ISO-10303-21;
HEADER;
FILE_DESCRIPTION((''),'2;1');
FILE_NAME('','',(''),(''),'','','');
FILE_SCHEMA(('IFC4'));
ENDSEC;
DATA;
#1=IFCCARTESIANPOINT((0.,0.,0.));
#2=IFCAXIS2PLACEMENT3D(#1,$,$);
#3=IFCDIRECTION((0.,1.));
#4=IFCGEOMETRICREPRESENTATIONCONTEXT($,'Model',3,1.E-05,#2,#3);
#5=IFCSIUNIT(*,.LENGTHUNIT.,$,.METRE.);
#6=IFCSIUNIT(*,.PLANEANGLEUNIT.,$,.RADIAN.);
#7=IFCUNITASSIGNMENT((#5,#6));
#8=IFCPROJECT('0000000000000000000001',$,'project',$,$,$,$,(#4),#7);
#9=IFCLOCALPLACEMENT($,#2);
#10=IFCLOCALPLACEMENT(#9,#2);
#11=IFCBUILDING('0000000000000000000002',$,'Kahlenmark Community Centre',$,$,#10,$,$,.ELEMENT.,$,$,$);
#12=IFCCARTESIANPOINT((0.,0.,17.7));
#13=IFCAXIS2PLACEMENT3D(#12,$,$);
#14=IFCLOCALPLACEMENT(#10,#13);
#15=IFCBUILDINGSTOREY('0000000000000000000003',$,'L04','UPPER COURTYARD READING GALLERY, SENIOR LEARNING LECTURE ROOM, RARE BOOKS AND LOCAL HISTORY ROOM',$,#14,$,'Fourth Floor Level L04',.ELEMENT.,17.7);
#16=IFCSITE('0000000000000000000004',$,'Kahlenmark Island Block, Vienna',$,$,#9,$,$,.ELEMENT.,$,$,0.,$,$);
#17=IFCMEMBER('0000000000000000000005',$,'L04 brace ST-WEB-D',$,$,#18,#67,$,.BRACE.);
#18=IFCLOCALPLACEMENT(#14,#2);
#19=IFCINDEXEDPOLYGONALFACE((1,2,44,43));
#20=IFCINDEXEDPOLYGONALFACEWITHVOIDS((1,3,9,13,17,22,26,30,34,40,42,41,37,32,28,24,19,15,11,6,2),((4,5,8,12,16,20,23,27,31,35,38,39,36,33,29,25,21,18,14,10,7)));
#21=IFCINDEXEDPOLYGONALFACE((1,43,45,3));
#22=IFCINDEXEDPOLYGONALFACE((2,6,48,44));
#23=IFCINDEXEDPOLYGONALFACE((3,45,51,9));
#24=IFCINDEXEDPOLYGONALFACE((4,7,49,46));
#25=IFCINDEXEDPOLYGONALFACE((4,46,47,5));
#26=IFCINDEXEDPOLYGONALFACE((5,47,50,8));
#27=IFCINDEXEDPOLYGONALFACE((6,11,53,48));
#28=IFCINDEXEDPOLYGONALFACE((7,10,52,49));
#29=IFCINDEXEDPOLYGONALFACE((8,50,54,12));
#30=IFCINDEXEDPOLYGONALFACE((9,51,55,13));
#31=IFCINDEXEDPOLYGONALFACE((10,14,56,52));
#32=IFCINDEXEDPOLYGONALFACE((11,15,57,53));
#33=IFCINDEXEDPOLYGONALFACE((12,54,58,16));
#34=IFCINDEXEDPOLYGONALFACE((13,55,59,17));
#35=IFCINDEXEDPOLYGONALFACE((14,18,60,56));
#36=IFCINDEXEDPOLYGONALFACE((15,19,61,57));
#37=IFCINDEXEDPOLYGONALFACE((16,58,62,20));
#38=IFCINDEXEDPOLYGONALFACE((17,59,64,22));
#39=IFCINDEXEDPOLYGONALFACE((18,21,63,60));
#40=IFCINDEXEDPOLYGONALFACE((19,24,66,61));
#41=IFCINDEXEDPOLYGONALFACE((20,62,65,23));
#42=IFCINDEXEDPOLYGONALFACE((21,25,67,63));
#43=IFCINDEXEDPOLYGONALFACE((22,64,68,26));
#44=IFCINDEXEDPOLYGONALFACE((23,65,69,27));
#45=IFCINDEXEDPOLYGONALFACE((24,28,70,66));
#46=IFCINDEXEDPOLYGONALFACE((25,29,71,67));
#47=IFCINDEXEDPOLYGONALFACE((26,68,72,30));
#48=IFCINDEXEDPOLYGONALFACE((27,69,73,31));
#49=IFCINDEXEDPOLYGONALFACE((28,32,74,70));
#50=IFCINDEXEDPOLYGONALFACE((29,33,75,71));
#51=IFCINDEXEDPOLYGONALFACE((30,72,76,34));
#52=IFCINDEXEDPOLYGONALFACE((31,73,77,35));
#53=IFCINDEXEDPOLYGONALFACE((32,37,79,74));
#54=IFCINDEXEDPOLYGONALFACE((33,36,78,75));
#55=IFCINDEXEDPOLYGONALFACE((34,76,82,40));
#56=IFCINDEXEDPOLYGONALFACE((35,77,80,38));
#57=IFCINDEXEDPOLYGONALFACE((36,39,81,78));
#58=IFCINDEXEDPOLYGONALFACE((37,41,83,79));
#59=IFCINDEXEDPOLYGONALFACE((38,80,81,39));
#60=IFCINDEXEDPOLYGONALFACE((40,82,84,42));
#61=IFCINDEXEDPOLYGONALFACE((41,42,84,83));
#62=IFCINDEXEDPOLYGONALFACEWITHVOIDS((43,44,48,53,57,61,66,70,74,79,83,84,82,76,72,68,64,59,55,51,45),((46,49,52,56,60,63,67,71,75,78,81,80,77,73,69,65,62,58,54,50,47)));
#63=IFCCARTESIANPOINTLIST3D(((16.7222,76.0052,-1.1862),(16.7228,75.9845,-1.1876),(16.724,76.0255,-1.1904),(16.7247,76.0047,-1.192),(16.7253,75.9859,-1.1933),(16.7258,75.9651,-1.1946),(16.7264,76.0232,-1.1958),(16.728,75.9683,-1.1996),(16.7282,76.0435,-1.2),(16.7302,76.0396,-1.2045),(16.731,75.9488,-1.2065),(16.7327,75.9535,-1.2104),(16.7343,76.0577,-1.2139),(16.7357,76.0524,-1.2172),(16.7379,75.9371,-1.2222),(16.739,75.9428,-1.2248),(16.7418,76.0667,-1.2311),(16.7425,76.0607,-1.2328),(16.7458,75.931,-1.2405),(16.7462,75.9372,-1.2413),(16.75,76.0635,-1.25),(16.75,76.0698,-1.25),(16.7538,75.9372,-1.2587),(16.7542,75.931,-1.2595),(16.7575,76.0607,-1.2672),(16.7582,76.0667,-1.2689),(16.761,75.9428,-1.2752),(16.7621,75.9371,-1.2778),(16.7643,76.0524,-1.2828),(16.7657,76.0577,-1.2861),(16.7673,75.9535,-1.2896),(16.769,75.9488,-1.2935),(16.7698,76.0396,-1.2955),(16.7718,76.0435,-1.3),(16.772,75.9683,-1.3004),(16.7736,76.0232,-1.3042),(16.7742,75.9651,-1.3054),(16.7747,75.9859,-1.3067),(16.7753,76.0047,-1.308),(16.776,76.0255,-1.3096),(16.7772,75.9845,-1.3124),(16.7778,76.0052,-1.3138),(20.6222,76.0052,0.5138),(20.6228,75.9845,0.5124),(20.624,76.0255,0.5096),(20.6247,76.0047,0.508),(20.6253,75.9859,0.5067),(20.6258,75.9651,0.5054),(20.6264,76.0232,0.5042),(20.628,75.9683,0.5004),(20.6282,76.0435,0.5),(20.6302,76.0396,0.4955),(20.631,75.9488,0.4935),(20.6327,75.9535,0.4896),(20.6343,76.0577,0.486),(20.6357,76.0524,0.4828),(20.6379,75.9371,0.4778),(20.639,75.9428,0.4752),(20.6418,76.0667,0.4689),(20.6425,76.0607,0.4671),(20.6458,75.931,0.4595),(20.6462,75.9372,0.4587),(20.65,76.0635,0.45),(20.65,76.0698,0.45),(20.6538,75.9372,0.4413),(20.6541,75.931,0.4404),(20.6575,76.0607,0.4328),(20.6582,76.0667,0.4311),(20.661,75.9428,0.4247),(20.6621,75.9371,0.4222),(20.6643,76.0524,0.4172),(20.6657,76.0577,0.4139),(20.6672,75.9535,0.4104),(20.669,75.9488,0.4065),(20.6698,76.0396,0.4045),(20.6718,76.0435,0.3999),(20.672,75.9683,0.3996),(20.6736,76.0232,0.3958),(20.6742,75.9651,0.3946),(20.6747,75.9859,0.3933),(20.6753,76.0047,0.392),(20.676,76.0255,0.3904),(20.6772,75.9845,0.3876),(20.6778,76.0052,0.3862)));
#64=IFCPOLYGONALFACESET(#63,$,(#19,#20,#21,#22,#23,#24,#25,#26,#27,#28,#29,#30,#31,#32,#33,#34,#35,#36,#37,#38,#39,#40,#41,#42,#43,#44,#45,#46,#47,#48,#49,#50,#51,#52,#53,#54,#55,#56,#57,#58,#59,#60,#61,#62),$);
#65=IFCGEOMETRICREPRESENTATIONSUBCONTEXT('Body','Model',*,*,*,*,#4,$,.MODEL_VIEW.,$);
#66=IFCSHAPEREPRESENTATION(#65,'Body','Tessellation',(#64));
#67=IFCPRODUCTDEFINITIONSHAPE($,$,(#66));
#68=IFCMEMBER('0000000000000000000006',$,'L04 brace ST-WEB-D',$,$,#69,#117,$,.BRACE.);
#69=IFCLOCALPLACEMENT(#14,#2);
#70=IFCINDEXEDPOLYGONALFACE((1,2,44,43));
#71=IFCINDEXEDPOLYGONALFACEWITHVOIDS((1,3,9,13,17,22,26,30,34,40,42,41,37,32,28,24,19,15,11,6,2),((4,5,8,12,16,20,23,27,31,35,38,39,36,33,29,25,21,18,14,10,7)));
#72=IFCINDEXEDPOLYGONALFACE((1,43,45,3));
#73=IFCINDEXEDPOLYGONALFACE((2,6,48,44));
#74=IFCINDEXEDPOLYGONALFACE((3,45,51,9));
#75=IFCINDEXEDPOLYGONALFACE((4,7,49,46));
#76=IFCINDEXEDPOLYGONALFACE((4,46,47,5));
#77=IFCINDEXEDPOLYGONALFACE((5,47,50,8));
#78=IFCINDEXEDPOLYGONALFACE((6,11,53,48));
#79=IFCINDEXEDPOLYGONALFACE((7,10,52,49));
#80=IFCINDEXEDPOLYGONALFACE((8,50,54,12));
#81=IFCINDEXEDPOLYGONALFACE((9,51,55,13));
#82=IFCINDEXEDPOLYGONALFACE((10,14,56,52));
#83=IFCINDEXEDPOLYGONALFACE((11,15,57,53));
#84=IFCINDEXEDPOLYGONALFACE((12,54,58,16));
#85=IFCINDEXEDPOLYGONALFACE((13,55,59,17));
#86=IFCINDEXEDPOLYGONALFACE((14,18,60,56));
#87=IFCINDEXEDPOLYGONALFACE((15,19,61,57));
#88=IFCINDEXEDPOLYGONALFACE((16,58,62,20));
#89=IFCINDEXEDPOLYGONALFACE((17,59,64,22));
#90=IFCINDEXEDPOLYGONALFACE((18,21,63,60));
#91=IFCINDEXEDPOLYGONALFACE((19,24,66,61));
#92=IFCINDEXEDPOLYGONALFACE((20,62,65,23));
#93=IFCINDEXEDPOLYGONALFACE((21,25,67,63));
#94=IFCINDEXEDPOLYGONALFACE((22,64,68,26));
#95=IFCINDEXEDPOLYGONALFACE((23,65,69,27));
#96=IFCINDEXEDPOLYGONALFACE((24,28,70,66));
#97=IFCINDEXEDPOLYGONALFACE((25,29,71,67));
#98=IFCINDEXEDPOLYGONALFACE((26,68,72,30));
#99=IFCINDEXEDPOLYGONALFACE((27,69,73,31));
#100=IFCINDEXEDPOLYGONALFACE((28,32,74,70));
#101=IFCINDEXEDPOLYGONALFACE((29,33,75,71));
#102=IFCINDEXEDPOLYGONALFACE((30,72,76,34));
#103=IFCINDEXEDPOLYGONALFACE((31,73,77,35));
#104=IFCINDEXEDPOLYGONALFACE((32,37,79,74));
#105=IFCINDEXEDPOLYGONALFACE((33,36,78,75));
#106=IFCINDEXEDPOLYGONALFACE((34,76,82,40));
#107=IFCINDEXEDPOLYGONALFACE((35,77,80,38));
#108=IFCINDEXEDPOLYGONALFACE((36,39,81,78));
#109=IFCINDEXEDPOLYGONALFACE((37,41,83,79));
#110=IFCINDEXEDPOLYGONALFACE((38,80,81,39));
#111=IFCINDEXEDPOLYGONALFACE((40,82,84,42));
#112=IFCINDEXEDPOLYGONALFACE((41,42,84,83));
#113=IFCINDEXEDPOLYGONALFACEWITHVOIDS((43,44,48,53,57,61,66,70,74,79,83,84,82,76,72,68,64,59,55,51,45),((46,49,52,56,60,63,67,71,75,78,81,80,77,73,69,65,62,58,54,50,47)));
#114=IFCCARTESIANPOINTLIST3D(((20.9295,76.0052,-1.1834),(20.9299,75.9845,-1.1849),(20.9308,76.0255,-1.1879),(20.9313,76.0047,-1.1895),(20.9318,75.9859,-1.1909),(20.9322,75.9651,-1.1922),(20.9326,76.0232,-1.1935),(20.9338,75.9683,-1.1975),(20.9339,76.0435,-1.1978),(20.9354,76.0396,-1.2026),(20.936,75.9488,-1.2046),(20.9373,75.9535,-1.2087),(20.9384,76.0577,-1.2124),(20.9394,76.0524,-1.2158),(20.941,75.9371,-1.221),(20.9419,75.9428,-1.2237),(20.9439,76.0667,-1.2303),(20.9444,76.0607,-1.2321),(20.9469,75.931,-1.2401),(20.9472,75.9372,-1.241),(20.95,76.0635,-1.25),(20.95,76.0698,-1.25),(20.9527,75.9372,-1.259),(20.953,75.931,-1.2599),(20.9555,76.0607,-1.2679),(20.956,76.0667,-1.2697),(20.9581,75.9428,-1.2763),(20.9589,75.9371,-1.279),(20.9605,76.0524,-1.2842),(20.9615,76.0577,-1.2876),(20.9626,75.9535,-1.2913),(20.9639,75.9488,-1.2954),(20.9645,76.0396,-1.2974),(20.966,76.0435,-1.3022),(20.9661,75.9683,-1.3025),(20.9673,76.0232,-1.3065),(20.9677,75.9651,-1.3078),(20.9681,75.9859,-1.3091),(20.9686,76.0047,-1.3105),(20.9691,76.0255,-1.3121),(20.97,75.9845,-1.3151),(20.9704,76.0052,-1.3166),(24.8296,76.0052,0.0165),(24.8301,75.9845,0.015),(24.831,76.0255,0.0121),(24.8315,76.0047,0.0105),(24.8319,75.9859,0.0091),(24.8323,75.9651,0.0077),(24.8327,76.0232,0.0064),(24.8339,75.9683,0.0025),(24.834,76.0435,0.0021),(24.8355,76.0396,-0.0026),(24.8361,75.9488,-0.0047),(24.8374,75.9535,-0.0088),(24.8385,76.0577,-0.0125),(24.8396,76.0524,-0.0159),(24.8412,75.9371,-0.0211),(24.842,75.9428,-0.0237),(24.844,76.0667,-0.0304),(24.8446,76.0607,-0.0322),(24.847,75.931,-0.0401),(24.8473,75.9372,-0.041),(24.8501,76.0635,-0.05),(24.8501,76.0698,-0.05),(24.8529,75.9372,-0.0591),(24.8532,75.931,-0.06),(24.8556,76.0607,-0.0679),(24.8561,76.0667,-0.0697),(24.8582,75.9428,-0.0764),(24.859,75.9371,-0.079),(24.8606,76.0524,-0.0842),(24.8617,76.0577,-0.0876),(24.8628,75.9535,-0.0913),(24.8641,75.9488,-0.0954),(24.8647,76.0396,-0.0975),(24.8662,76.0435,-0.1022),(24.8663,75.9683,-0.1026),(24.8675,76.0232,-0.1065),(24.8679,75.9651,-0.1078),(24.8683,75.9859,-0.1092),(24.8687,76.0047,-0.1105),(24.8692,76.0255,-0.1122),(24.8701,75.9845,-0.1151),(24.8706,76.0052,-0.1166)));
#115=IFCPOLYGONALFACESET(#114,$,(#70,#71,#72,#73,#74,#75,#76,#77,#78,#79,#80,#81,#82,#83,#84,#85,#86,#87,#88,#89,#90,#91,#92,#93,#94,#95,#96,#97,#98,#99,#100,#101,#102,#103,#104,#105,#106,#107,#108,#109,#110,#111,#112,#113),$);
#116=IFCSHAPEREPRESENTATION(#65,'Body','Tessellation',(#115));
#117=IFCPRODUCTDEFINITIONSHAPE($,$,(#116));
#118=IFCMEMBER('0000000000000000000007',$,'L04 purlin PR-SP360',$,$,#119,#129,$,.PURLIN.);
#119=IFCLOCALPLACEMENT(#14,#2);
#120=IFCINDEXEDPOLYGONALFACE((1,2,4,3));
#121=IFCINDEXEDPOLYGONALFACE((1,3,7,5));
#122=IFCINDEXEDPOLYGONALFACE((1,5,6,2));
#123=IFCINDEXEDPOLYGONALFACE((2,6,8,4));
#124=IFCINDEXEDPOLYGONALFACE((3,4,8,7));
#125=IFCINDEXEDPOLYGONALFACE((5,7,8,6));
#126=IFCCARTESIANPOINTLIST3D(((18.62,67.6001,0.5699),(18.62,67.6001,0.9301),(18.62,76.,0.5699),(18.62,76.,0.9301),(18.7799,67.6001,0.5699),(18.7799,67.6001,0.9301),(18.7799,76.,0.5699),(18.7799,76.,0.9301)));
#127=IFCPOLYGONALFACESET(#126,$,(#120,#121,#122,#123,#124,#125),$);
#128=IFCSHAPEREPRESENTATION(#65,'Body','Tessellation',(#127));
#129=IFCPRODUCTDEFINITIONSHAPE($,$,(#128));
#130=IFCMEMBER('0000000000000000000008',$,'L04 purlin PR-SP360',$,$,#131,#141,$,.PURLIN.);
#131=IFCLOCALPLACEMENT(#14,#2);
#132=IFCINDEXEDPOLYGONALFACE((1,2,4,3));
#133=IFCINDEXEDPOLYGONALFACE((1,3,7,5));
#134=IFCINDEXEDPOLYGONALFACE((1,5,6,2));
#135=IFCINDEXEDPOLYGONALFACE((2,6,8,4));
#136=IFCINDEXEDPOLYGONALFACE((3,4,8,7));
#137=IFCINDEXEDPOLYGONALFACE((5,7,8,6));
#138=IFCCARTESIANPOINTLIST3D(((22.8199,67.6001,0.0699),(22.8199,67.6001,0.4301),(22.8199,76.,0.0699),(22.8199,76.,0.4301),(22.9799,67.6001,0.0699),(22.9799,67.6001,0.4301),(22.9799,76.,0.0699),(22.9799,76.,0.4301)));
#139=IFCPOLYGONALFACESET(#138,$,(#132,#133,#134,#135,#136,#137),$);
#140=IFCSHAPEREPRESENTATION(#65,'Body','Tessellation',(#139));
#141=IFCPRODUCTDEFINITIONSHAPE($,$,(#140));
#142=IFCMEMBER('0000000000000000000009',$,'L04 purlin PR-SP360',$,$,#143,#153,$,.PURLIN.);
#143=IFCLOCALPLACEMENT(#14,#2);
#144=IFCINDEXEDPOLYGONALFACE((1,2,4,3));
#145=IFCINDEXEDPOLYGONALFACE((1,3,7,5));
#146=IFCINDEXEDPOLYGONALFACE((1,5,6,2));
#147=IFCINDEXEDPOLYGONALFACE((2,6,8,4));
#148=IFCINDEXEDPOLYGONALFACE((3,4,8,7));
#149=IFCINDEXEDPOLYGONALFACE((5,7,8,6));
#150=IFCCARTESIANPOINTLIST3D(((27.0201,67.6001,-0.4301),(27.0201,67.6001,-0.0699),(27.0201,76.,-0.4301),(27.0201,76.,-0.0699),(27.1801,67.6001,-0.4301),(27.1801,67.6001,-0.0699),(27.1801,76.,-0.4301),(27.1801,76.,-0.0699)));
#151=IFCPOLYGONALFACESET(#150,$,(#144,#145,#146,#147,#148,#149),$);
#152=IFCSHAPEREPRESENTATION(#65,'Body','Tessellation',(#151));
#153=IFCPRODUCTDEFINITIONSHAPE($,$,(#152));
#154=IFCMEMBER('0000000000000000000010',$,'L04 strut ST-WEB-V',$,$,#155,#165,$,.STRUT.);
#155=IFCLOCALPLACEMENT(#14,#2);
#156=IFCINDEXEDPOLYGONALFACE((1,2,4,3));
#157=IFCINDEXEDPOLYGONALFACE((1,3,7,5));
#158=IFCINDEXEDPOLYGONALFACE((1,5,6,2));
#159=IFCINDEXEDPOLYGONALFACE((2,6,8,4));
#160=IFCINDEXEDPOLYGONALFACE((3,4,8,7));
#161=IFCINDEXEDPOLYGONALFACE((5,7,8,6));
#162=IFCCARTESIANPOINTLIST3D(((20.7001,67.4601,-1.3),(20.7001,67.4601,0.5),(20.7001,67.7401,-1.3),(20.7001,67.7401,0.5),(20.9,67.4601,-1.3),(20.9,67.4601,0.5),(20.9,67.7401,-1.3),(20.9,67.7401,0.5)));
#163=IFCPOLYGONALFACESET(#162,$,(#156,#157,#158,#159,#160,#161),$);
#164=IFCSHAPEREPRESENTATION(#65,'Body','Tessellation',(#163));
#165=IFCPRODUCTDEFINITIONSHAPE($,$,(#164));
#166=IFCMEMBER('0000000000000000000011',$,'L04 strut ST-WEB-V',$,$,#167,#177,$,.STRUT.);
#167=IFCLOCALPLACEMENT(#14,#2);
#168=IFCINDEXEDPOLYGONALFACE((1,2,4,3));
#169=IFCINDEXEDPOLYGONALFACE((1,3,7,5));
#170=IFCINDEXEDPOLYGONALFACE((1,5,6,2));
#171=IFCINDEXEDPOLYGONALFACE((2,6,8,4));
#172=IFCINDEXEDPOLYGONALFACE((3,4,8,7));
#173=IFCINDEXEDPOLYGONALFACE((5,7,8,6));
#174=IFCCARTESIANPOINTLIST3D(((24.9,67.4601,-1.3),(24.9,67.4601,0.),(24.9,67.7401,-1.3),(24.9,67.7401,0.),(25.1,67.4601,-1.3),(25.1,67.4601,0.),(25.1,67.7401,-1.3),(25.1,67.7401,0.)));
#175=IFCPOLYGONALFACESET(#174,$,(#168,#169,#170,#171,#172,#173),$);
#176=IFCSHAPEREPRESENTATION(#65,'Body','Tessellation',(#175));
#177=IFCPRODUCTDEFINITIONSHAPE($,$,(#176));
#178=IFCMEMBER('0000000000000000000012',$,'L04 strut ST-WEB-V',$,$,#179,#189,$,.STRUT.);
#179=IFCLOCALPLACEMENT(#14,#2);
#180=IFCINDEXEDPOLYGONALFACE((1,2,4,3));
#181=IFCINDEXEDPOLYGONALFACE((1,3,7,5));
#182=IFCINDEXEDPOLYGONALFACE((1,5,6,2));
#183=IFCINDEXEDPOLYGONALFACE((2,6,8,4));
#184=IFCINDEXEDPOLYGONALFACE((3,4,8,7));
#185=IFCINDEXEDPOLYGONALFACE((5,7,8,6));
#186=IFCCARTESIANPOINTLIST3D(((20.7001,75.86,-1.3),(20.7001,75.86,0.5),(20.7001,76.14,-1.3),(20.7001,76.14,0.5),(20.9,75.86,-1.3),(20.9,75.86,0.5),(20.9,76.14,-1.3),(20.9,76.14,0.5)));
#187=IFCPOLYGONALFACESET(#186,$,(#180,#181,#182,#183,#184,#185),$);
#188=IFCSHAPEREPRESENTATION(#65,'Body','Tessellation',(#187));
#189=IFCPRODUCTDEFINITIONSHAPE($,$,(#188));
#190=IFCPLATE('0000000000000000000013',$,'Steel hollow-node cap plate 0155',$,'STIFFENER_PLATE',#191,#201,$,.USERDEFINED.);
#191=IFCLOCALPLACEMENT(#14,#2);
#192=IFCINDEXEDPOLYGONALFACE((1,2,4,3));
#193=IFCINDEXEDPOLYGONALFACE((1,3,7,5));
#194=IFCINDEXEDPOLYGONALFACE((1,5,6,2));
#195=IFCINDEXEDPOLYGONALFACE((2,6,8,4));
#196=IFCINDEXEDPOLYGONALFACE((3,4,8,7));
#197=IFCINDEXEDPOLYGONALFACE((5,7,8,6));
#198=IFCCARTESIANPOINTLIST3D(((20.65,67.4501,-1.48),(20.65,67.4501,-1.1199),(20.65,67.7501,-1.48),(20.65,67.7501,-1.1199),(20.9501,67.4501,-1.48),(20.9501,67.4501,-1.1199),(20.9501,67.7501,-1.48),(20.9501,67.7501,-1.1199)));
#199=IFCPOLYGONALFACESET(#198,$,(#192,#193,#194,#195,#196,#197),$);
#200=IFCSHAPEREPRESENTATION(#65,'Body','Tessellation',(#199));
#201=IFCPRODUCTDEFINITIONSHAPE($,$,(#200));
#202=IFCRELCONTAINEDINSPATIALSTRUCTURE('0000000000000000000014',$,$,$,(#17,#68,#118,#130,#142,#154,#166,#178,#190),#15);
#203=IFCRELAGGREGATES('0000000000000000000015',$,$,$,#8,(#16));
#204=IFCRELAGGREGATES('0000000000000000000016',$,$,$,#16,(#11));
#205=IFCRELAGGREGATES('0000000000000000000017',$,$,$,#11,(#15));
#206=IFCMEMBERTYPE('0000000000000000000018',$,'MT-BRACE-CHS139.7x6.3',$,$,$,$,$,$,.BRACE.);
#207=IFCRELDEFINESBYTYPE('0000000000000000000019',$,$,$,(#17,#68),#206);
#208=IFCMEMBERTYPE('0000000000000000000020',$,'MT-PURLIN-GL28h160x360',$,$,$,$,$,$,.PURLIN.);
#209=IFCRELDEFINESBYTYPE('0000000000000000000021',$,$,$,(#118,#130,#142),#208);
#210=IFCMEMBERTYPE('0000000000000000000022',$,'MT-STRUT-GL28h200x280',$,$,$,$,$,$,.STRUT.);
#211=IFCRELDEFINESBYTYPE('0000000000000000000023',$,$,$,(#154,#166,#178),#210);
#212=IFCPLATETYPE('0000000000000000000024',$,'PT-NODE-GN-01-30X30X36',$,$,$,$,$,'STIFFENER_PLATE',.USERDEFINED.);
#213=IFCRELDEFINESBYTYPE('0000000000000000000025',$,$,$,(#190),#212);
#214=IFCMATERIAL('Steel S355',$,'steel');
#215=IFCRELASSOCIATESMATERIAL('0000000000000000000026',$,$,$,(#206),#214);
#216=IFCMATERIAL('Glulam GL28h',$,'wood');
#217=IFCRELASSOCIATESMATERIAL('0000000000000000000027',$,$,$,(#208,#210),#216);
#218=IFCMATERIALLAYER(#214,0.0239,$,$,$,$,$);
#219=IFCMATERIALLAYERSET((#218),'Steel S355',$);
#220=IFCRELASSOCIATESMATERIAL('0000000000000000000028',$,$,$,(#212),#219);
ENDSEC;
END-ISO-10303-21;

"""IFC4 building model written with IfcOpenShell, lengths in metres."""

from ifc_helpers import new_model, si_unit, direction, frame, origin, origin_2d, place, context, subcontext, project, spatial, rectangle, hollow_circle, extrude, material, layer, layer_set, material_profile, profile_set, type_object, element, save


model = new_model("IFC4")

# Units and contexts
model_context = context("Model", 3, precision=1e-05, world=origin(), true_north=direction((0.0, 1.0)))
body_context = subcontext(model_context, "Body", "Model", "MODEL_VIEW")
ifc_project = project(units=[si_unit("LENGTHUNIT", "METRE"), si_unit("PLANEANGLEUNIT", "RADIAN")], contexts=[model_context])

# Site, building, storey
site_placement = place(None, origin())
site = spatial("IfcSite", under=ifc_project, at=site_placement, Name="Kahlenmark Island Block, Vienna", CompositionType="ELEMENT", RefElevation=0.0)
building_placement = place(site_placement, origin())
building = spatial("IfcBuilding", under=site, at=building_placement, Name="Kahlenmark Community Centre", CompositionType="ELEMENT")
storey_placement = place(building_placement, frame((0.0, 0.0, 17.7)))
storey = spatial("IfcBuildingStorey", under=building, at=storey_placement, Name="L04", Description="UPPER COURTYARD READING GALLERY, SENIOR LEARNING LECTURE ROOM, RARE BOOKS AND LOCAL HISTORY ROOM", LongName="Fourth Floor Level L04", CompositionType="ELEMENT", Elevation=17.7)

# Members
ifc_material_1 = material(Name="Steel S355", Category="steel")
ifc_material_profile_1 = material_profile(ifc_material_1, hollow_circle(Radius=0.0698, WallThickness=0.0063, at=origin_2d()), Name="CHS 139.7x6.3")
ifc_profile_set_1 = profile_set([ifc_material_profile_1], Name="Steel S355")
member_type_1 = type_object("IfcMemberType", Name="MT-BRACE-CHS139.7x6.3", PredefinedType="BRACE", material=ifc_profile_set_1)
member_1_placement = place(storey_placement, frame((16.75, 76.0, -1.25), z_axis=(0.916697, 0.0, 0.399584), x_axis=(0.0, 1.0, 0.0)))
element("IfcMember", 1, at=member_1_placement, inside=storey, type_object=member_type_1, Name="L04 brace ST-WEB-D", PredefinedType="BRACE", context=body_context, shape_type="SweptSolid", body=[
    extrude(hollow_circle(Radius=0.0698, WallThickness=0.0063, at=origin_2d()), origin(), (0.0, 0.0, 1.0), 4.2544),
])
member_2_placement = place(storey_placement, frame((20.95, 76.0, -1.25), z_axis=(0.955785, 0.0, 0.294065), x_axis=(0.0, 1.0, 0.0)))
element("IfcMember", 2, at=member_2_placement, inside=storey, type_object=member_type_1, Name="L04 brace ST-WEB-D", PredefinedType="BRACE", context=body_context, shape_type="SweptSolid", body=[
    extrude(hollow_circle(Radius=0.0698, WallThickness=0.0063, at=origin_2d()), origin(), (0.0, 0.0, 1.0), 4.0806),
])
ifc_material_2 = material(Name="Glulam GL28h", Category="wood")
ifc_material_profile_2 = material_profile(ifc_material_2, rectangle(XDim=0.1599, YDim=0.3601, at=origin_2d()), Name="GL28h 160x360")
ifc_profile_set_2 = profile_set([ifc_material_profile_2], Name="Glulam GL28h")
member_type_2 = type_object("IfcMemberType", Name="MT-PURLIN-GL28h160x360", PredefinedType="PURLIN", material=ifc_profile_set_2)
for number, where, z_axis, x_axis, name in (
    (3, (18.7, 67.6001, 0.75), (0.0, 1.0, 0.0), (-1.0, 0.0, 0.0), "L04 purlin PR-SP360"),
    (4, (22.8999, 67.6001, 0.25), (0.0, 1.0, 0.0), (-1.0, 0.0, 0.0), "L04 purlin PR-SP360"),
    (5, (27.1001, 67.6001, -0.25), (0.0, 1.0, 0.0), (-1.0, 0.0, 0.0), "L04 purlin PR-SP360"),
):
    element("IfcMember", number, at=place(storey_placement, frame(where, z_axis=z_axis, x_axis=x_axis)), inside=storey, type_object=member_type_2, Name=name, PredefinedType="PURLIN", context=body_context, shape_type="SweptSolid", body=[
        extrude(rectangle(XDim=0.1599, YDim=0.3601, at=origin_2d()), origin(), (0.0, 0.0, 1.0), 8.3999),
    ])
ifc_material_profile_3 = material_profile(ifc_material_2, rectangle(XDim=0.2, YDim=0.28, at=origin_2d()), Name="GL28h 200x280")
ifc_profile_set_3 = profile_set([ifc_material_profile_3], Name="Glulam GL28h")
member_type_3 = type_object("IfcMemberType", Name="MT-STRUT-GL28h200x280", PredefinedType="STRUT", material=ifc_profile_set_3)
member_3_placement = place(storey_placement, frame((20.8, 67.6001, -1.3), z_axis=(0.0, 0.0, 1.0), x_axis=(1.0, 0.0, 0.0)))
element("IfcMember", 6, at=member_3_placement, inside=storey, type_object=member_type_3, Name="L04 strut ST-WEB-V", PredefinedType="STRUT", context=body_context, shape_type="SweptSolid", body=[
    extrude(rectangle(XDim=0.2, YDim=0.28, at=origin_2d()), origin(), (0.0, 0.0, 1.0), 1.8),
])
member_4_placement = place(storey_placement, frame((25.0, 67.6001, -1.3), z_axis=(0.0, 0.0, 1.0), x_axis=(1.0, 0.0, 0.0)))
element("IfcMember", 7, at=member_4_placement, inside=storey, type_object=member_type_3, Name="L04 strut ST-WEB-V", PredefinedType="STRUT", context=body_context, shape_type="SweptSolid", body=[
    extrude(rectangle(XDim=0.2, YDim=0.28, at=origin_2d()), origin(), (0.0, 0.0, 1.0), 1.3),
])
member_5_placement = place(storey_placement, frame((20.8, 76.0, -1.3), z_axis=(0.0, 0.0, 1.0), x_axis=(1.0, 0.0, 0.0)))
element("IfcMember", 8, at=member_5_placement, inside=storey, type_object=member_type_3, Name="L04 strut ST-WEB-V", PredefinedType="STRUT", context=body_context, shape_type="SweptSolid", body=[
    extrude(rectangle(XDim=0.2, YDim=0.28, at=origin_2d()), origin(), (0.0, 0.0, 1.0), 1.8),
])

# Plate
ifc_layer_1 = layer(ifc_material_1, 0.0239)
ifc_layer_set_1 = layer_set([ifc_layer_1], Name="Steel S355")
plate_type_1 = type_object("IfcPlateType", Name="PT-NODE-GN-01-30X30X36", ElementType="STIFFENER_PLATE", PredefinedType="USERDEFINED", material=ifc_layer_set_1)
for number, where, z_axis, x_axis, name in (
    (9, (20.8, 67.6001, -1.48), (0.0, 0.0, 1.0), (1.0, 0.0, 0.0), "Steel hollow-node cap plate 0155"),
):
    element("IfcPlate", number, at=place(storey_placement, frame(where, z_axis=z_axis, x_axis=x_axis)), inside=storey, type_object=plate_type_1, Name=name, ObjectType="STIFFENER_PLATE", PredefinedType="USERDEFINED", context=body_context, shape_type="SweptSolid", body=[
        extrude(rectangle(XDim=0.3, YDim=0.3, at=origin_2d()), origin(), (0.0, 0.0, 1.0), 0.3601),
    ])

save(model, "model.ifc")
